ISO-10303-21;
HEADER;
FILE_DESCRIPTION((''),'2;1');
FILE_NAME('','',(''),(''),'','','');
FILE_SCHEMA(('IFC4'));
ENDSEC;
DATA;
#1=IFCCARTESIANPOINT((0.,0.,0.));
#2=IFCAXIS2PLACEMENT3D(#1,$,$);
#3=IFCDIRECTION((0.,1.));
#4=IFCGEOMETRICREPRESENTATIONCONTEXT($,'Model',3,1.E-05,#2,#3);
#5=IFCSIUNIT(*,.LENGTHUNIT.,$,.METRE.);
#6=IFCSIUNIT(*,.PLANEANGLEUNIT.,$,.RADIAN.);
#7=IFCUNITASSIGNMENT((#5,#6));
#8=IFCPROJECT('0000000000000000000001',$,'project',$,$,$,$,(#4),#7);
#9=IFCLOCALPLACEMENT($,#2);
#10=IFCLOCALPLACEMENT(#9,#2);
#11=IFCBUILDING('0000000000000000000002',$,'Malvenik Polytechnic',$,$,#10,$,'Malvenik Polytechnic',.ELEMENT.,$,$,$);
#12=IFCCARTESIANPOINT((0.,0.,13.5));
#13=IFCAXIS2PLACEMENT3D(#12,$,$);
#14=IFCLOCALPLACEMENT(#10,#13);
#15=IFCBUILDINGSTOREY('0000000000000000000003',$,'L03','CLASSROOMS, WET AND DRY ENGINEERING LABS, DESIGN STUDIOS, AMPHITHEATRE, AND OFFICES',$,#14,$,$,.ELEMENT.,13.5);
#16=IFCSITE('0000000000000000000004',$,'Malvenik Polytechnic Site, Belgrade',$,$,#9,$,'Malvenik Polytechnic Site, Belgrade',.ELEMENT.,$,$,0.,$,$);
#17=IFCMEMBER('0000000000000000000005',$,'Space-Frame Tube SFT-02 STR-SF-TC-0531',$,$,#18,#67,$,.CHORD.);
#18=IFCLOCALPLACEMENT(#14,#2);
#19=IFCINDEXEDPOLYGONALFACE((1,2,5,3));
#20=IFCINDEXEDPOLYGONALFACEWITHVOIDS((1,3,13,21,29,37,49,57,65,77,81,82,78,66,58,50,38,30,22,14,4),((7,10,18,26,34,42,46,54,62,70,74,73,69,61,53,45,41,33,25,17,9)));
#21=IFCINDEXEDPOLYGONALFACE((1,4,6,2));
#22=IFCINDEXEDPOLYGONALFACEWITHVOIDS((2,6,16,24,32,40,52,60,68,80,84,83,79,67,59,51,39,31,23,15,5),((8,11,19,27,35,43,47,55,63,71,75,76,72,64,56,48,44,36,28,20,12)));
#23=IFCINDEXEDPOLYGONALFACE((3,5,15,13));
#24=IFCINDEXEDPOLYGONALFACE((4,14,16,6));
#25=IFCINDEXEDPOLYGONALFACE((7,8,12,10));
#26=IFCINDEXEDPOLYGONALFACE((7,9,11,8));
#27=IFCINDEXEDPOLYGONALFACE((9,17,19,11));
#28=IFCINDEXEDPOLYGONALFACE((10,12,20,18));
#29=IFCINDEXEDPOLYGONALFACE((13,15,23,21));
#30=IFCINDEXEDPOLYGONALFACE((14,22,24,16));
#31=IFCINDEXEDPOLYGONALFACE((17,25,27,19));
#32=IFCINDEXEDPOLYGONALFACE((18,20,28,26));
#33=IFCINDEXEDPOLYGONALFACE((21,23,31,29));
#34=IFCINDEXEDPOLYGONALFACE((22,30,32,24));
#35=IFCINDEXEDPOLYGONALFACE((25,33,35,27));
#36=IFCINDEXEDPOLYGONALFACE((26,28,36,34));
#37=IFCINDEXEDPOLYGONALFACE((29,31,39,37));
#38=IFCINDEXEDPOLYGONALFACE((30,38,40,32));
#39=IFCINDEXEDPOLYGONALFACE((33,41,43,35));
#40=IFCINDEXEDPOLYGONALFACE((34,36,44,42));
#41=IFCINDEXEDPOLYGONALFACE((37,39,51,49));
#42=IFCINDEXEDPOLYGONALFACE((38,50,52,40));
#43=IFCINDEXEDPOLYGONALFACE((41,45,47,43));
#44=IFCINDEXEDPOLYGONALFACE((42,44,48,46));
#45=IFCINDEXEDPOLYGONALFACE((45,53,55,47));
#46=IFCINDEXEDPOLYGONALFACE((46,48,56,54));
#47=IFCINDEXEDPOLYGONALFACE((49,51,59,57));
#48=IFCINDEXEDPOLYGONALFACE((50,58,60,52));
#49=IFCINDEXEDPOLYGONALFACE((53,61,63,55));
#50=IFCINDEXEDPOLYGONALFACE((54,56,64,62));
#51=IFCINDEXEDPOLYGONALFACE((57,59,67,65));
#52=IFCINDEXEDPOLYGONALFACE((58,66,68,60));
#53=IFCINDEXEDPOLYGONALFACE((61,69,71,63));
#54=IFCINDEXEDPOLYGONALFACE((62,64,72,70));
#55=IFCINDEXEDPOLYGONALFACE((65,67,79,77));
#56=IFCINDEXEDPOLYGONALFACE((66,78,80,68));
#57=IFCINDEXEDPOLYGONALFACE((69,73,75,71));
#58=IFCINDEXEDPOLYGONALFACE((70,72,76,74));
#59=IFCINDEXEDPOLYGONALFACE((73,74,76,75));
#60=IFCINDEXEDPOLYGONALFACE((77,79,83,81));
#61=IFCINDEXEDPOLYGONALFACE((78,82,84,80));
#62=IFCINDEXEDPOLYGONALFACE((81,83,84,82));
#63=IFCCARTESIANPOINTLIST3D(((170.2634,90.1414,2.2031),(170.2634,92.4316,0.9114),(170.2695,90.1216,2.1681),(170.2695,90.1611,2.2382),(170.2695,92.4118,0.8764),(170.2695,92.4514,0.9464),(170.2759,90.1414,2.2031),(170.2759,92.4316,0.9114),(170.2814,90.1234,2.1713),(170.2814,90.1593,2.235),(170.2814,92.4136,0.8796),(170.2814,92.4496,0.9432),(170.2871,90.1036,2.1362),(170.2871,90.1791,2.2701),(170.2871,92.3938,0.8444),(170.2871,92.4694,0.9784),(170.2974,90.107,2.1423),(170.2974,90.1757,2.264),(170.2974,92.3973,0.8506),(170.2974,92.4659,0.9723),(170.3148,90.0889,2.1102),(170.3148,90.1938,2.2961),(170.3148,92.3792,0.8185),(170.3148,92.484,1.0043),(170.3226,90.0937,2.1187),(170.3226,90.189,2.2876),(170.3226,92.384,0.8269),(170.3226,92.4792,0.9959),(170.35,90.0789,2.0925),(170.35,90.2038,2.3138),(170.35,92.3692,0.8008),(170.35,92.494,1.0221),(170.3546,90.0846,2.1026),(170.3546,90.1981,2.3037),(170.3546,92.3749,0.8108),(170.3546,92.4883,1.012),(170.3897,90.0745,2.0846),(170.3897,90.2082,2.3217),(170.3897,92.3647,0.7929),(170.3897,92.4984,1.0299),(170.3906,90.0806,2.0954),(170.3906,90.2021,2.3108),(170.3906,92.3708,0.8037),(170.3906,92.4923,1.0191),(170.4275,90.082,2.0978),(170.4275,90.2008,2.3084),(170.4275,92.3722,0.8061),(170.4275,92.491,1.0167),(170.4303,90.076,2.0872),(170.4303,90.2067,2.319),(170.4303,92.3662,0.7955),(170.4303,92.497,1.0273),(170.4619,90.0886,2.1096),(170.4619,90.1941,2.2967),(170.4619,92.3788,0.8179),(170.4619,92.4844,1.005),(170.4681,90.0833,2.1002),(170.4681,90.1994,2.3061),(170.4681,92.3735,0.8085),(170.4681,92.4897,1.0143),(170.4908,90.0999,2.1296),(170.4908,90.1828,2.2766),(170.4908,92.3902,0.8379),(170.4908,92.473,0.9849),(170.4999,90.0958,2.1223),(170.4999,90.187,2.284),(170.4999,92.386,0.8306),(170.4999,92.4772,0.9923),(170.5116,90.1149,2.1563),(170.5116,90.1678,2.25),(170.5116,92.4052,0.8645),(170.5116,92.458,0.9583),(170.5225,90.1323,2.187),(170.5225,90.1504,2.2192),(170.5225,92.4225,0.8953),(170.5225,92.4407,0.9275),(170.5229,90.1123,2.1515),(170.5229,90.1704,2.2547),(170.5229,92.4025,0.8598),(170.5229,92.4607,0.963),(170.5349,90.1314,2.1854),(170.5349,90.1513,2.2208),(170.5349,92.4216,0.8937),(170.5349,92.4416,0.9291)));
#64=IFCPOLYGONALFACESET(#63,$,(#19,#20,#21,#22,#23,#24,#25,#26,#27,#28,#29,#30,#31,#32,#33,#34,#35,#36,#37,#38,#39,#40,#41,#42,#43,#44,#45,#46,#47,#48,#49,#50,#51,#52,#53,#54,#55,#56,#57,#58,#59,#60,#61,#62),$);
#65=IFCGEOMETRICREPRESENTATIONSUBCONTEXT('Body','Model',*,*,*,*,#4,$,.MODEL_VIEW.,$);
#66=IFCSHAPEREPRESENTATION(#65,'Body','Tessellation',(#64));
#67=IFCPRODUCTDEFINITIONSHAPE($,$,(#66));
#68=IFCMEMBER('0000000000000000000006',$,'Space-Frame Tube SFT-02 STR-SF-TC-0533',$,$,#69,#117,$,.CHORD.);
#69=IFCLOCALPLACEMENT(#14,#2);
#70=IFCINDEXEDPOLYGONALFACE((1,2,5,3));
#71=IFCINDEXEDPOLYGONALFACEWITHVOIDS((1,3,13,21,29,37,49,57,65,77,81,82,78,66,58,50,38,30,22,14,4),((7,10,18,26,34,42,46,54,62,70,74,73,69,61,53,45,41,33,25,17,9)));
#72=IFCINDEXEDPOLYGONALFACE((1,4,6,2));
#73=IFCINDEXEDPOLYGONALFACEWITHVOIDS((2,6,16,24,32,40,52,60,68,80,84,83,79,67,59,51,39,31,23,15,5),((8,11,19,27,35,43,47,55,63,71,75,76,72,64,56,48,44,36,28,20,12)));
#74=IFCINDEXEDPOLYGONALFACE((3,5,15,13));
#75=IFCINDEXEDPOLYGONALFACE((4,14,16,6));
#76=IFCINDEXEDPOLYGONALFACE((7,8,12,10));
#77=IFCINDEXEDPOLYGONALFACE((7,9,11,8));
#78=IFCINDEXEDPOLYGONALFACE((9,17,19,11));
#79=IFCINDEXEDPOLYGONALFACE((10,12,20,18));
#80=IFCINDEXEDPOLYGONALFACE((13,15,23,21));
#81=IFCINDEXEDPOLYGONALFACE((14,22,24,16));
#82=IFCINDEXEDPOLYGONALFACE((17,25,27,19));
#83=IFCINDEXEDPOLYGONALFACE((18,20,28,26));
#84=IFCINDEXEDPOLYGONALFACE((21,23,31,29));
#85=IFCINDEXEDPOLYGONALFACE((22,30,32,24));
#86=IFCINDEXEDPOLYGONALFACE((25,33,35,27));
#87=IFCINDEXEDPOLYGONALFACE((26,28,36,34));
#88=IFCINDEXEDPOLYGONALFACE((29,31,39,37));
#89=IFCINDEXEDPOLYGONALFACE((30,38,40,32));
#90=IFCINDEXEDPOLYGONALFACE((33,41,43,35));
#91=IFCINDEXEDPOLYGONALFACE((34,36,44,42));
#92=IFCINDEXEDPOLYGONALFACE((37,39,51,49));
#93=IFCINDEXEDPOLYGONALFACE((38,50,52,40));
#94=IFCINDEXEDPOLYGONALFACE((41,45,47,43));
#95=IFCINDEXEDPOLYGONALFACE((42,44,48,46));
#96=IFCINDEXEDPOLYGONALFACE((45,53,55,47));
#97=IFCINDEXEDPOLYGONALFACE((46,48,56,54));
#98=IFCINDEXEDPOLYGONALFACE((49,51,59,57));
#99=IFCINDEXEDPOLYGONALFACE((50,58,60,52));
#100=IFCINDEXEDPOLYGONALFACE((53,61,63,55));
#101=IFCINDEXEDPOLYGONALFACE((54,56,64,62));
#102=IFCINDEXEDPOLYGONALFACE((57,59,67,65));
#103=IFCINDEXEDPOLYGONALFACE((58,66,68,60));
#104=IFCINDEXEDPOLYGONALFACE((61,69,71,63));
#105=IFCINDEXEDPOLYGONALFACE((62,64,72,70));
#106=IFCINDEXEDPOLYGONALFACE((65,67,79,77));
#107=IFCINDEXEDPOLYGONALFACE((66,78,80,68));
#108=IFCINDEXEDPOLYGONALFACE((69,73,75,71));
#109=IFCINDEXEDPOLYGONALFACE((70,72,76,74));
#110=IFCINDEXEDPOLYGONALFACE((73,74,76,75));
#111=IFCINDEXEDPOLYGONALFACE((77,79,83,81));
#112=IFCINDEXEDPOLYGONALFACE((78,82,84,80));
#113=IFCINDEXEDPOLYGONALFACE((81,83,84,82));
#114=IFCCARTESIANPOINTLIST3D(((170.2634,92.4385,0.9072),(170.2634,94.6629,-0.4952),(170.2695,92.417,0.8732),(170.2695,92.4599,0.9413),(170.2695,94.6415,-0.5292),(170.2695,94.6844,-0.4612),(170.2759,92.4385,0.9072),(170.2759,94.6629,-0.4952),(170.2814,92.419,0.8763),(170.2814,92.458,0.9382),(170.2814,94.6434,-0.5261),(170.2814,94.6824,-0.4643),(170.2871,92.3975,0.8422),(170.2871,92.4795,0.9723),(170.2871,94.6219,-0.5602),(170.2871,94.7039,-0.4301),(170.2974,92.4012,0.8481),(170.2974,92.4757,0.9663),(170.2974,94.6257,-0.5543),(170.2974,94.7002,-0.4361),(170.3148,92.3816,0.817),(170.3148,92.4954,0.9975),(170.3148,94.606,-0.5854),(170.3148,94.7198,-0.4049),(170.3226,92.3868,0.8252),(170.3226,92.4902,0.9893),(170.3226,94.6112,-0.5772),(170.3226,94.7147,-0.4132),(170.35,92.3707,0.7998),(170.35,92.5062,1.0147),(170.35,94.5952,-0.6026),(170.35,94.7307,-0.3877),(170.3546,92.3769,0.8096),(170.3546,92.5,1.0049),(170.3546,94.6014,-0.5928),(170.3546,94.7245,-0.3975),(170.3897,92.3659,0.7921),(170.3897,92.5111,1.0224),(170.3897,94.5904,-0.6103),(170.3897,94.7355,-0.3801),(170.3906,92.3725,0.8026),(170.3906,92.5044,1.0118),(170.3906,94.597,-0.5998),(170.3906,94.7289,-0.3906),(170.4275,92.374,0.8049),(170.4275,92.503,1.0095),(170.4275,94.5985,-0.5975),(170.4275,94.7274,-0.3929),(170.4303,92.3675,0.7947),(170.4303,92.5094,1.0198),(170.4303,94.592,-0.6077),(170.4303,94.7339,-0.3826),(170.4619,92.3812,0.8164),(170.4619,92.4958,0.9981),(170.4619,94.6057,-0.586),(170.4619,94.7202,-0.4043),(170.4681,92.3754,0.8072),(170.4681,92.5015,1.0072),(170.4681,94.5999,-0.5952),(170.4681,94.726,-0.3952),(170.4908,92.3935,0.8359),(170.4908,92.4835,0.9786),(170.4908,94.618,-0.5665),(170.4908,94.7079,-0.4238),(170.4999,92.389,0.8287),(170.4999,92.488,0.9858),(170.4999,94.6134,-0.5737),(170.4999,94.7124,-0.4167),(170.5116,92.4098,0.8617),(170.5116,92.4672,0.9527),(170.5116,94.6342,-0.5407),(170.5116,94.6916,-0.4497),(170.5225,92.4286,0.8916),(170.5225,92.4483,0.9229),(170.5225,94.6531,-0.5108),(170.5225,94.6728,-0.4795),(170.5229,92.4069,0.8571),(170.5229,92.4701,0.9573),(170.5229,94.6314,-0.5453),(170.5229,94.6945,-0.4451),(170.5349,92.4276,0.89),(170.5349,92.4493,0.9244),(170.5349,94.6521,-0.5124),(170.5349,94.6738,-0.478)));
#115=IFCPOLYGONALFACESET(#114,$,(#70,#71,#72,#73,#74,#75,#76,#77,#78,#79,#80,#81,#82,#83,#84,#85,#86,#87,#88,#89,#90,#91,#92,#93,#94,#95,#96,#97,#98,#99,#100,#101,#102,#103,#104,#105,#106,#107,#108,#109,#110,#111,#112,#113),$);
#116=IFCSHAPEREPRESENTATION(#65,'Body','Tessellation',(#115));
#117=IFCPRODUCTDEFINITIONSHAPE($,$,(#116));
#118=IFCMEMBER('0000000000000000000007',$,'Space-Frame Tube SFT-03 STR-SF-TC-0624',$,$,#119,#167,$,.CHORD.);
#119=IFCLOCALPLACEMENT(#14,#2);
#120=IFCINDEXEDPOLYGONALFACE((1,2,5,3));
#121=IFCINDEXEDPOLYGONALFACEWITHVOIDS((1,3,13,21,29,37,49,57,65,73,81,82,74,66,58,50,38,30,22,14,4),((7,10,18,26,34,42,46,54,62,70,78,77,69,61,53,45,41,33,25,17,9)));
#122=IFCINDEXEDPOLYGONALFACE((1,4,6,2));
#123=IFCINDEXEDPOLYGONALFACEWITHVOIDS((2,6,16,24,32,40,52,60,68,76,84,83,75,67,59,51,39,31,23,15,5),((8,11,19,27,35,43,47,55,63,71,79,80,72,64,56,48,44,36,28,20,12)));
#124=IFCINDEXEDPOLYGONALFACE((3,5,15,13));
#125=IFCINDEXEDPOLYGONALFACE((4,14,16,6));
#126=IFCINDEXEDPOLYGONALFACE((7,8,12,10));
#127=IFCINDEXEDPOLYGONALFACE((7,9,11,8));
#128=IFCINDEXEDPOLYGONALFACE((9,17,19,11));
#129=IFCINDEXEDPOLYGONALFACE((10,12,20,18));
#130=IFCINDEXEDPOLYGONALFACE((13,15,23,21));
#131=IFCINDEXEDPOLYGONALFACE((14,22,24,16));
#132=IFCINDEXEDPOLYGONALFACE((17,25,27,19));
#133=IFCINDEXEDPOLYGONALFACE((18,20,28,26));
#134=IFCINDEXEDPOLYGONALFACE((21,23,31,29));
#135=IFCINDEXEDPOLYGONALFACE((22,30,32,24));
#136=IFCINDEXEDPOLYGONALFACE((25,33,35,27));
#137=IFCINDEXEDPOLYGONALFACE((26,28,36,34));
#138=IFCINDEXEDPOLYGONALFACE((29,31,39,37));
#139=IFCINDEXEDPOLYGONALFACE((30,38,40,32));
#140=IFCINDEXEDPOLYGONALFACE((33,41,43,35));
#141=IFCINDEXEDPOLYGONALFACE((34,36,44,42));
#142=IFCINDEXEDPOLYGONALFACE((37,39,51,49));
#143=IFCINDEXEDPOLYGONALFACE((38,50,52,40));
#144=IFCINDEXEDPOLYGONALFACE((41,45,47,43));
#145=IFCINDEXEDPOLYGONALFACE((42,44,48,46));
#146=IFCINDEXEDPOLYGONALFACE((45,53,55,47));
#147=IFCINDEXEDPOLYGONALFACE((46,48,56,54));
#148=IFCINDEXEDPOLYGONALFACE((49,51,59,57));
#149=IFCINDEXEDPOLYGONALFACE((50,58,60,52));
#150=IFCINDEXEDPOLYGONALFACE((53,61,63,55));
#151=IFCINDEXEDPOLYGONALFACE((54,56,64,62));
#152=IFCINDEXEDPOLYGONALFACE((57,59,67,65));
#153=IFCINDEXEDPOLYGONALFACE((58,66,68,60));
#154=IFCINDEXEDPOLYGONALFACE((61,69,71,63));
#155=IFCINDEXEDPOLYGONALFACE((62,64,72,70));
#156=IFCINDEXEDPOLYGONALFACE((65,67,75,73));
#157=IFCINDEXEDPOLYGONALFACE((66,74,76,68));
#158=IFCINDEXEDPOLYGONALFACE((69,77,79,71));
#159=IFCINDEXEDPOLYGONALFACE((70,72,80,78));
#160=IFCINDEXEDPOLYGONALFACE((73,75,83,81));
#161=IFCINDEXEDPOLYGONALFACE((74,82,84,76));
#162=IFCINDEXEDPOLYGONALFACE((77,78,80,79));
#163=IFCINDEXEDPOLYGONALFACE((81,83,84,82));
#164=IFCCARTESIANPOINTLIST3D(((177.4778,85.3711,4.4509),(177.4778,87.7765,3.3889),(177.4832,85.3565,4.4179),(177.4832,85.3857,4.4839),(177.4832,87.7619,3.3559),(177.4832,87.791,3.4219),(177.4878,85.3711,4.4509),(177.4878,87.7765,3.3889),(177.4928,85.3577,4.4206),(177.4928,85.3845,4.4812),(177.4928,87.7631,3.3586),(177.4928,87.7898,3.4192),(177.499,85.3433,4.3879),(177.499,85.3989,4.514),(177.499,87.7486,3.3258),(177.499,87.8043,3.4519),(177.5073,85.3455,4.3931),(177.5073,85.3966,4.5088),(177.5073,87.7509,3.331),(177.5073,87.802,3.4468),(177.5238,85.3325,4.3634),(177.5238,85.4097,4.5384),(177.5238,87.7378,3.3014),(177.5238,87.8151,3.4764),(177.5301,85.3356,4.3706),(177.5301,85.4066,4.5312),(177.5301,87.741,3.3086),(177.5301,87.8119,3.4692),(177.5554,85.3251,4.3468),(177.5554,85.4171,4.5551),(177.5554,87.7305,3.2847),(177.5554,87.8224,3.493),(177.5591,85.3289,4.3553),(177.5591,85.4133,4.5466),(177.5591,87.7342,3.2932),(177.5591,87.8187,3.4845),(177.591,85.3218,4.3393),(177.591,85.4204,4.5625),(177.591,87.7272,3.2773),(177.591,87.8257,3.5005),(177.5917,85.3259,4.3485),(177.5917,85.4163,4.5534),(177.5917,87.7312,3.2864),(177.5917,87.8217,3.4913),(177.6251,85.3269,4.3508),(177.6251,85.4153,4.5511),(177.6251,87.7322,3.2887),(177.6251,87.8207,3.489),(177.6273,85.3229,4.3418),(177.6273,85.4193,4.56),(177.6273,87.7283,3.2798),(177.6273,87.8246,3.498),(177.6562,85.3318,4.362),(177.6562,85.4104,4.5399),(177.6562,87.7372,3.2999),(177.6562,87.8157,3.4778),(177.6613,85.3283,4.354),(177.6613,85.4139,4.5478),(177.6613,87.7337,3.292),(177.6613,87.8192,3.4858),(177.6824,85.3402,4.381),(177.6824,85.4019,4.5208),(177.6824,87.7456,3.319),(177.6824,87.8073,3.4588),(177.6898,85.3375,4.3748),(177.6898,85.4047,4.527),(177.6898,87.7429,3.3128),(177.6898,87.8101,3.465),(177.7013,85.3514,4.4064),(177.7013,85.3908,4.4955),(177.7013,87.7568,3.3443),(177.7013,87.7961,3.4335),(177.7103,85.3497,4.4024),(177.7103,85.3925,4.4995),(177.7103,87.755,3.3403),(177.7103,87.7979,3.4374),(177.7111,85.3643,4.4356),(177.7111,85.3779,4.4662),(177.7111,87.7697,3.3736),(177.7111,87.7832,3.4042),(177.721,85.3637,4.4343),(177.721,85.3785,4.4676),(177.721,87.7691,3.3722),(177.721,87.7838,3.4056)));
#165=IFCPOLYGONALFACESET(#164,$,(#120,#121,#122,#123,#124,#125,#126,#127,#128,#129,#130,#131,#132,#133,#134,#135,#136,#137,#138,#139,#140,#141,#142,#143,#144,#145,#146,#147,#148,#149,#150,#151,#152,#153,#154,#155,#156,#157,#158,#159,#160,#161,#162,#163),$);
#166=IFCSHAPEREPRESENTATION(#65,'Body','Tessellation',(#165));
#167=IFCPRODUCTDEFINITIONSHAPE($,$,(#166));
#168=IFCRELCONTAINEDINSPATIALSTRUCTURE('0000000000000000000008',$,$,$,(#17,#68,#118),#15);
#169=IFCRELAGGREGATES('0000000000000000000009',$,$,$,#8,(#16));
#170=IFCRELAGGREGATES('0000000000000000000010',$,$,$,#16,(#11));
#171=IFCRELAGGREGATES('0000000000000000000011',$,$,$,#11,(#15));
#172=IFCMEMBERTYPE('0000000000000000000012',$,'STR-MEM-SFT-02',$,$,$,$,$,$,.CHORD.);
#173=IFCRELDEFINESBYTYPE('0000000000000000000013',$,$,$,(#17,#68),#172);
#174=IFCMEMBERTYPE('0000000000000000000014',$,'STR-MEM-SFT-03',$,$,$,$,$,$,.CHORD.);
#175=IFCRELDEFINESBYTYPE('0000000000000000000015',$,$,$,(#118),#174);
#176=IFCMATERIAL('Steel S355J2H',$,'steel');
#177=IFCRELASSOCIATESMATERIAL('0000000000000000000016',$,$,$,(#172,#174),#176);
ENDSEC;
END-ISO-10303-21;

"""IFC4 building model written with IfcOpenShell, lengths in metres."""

from ifc_helpers import new_model, si_unit, direction, frame, origin, origin_2d, place, context, subcontext, project, spatial, hollow_circle, extrude, material, material_profile, profile_set, type_object, element, save


model = new_model("IFC4")

# Units and contexts
model_context = context("Model", 3, precision=1e-05, world=origin(), true_north=direction((0.0, 1.0)))
body_context = subcontext(model_context, "Body", "Model", "MODEL_VIEW")
ifc_project = project(units=[si_unit("LENGTHUNIT", "METRE"), si_unit("PLANEANGLEUNIT", "RADIAN")], contexts=[model_context])

# Site, building, storey
site_placement = place(None, origin())
site = spatial("IfcSite", under=ifc_project, at=site_placement, Name="Malvenik Polytechnic Site, Belgrade", LongName="Malvenik Polytechnic Site, Belgrade", CompositionType="ELEMENT", RefElevation=0.0)
building_placement = place(site_placement, origin())
building = spatial("IfcBuilding", under=site, at=building_placement, Name="Malvenik Polytechnic", LongName="Malvenik Polytechnic", CompositionType="ELEMENT")
storey_placement = place(building_placement, frame((0.0, 0.0, 13.5)))
storey = spatial("IfcBuildingStorey", under=building, at=storey_placement, Name="L03", Description="CLASSROOMS, WET AND DRY ENGINEERING LABS, DESIGN STUDIOS, AMPHITHEATRE, AND OFFICES", CompositionType="ELEMENT", Elevation=13.5)

# Members
ifc_material_1 = material(Name="Steel S355J2H", Category="steel")
ifc_material_profile_1 = material_profile(ifc_material_1, hollow_circle(Radius=0.1365, WallThickness=0.0125, at=origin_2d()), Name="CHS 273.0x12.5")
ifc_profile_set_1 = profile_set([ifc_material_profile_1], Name="Steel S355J2H")
member_type_1 = type_object("IfcMemberType", Name="STR-MEM-SFT-02", PredefinedType="CHORD", material=ifc_profile_set_1)
member_1_placement = place(storey_placement, frame((170.3999, 90.1414, 2.2031), z_axis=(0.0, 0.871012, -0.491262), x_axis=(-1.0, 0.0, 0.0)))
element("IfcMember", 1, at=member_1_placement, inside=storey, type_object=member_type_1, Name="Space-Frame Tube SFT-02 STR-SF-TC-0531", PredefinedType="CHORD", context=body_context, shape_type="SweptSolid", body=[
    extrude(hollow_circle(Radius=0.1365, WallThickness=0.0125, at=origin_2d()), origin(), (0.0, 0.0, 1.0), 2.6294),
])
member_2_placement = place(storey_placement, frame((170.3999, 92.4385, 0.9072), z_axis=(0.0, 0.845921, -0.533308), x_axis=(-1.0, 0.0, 0.0)))
element("IfcMember", 2, at=member_2_placement, inside=storey, type_object=member_type_1, Name="Space-Frame Tube SFT-02 STR-SF-TC-0533", PredefinedType="CHORD", context=body_context, shape_type="SweptSolid", body=[
    extrude(hollow_circle(Radius=0.1365, WallThickness=0.0125, at=origin_2d()), origin(), (0.0, 0.0, 1.0), 2.6296),
])
ifc_material_profile_2 = material_profile(ifc_material_1, hollow_circle(Radius=0.1223, WallThickness=0.01, at=origin_2d()), Name="CHS 244.5x10.0")
ifc_profile_set_2 = profile_set([ifc_material_profile_2], Name="Steel S355J2H")
member_type_2 = type_object("IfcMemberType", Name="STR-MEM-SFT-03", PredefinedType="CHORD", material=ifc_profile_set_2)
for number, where, z_axis, x_axis, name in (
    (3, (177.6001, 85.3711, 4.4509), (0.0, 0.914797, -0.403915), (-1.0, 0.0, 0.0), "Space-Frame Tube SFT-03 STR-SF-TC-0624"),
):
    element("IfcMember", number, at=place(storey_placement, frame(where, z_axis=z_axis, x_axis=x_axis)), inside=storey, type_object=member_type_2, Name=name, PredefinedType="CHORD", context=body_context, shape_type="SweptSolid", body=[
        extrude(hollow_circle(Radius=0.1223, WallThickness=0.01, at=origin_2d()), origin(), (0.0, 0.0, 1.0), 2.6294),
    ])

save(model, "model.ifc")
